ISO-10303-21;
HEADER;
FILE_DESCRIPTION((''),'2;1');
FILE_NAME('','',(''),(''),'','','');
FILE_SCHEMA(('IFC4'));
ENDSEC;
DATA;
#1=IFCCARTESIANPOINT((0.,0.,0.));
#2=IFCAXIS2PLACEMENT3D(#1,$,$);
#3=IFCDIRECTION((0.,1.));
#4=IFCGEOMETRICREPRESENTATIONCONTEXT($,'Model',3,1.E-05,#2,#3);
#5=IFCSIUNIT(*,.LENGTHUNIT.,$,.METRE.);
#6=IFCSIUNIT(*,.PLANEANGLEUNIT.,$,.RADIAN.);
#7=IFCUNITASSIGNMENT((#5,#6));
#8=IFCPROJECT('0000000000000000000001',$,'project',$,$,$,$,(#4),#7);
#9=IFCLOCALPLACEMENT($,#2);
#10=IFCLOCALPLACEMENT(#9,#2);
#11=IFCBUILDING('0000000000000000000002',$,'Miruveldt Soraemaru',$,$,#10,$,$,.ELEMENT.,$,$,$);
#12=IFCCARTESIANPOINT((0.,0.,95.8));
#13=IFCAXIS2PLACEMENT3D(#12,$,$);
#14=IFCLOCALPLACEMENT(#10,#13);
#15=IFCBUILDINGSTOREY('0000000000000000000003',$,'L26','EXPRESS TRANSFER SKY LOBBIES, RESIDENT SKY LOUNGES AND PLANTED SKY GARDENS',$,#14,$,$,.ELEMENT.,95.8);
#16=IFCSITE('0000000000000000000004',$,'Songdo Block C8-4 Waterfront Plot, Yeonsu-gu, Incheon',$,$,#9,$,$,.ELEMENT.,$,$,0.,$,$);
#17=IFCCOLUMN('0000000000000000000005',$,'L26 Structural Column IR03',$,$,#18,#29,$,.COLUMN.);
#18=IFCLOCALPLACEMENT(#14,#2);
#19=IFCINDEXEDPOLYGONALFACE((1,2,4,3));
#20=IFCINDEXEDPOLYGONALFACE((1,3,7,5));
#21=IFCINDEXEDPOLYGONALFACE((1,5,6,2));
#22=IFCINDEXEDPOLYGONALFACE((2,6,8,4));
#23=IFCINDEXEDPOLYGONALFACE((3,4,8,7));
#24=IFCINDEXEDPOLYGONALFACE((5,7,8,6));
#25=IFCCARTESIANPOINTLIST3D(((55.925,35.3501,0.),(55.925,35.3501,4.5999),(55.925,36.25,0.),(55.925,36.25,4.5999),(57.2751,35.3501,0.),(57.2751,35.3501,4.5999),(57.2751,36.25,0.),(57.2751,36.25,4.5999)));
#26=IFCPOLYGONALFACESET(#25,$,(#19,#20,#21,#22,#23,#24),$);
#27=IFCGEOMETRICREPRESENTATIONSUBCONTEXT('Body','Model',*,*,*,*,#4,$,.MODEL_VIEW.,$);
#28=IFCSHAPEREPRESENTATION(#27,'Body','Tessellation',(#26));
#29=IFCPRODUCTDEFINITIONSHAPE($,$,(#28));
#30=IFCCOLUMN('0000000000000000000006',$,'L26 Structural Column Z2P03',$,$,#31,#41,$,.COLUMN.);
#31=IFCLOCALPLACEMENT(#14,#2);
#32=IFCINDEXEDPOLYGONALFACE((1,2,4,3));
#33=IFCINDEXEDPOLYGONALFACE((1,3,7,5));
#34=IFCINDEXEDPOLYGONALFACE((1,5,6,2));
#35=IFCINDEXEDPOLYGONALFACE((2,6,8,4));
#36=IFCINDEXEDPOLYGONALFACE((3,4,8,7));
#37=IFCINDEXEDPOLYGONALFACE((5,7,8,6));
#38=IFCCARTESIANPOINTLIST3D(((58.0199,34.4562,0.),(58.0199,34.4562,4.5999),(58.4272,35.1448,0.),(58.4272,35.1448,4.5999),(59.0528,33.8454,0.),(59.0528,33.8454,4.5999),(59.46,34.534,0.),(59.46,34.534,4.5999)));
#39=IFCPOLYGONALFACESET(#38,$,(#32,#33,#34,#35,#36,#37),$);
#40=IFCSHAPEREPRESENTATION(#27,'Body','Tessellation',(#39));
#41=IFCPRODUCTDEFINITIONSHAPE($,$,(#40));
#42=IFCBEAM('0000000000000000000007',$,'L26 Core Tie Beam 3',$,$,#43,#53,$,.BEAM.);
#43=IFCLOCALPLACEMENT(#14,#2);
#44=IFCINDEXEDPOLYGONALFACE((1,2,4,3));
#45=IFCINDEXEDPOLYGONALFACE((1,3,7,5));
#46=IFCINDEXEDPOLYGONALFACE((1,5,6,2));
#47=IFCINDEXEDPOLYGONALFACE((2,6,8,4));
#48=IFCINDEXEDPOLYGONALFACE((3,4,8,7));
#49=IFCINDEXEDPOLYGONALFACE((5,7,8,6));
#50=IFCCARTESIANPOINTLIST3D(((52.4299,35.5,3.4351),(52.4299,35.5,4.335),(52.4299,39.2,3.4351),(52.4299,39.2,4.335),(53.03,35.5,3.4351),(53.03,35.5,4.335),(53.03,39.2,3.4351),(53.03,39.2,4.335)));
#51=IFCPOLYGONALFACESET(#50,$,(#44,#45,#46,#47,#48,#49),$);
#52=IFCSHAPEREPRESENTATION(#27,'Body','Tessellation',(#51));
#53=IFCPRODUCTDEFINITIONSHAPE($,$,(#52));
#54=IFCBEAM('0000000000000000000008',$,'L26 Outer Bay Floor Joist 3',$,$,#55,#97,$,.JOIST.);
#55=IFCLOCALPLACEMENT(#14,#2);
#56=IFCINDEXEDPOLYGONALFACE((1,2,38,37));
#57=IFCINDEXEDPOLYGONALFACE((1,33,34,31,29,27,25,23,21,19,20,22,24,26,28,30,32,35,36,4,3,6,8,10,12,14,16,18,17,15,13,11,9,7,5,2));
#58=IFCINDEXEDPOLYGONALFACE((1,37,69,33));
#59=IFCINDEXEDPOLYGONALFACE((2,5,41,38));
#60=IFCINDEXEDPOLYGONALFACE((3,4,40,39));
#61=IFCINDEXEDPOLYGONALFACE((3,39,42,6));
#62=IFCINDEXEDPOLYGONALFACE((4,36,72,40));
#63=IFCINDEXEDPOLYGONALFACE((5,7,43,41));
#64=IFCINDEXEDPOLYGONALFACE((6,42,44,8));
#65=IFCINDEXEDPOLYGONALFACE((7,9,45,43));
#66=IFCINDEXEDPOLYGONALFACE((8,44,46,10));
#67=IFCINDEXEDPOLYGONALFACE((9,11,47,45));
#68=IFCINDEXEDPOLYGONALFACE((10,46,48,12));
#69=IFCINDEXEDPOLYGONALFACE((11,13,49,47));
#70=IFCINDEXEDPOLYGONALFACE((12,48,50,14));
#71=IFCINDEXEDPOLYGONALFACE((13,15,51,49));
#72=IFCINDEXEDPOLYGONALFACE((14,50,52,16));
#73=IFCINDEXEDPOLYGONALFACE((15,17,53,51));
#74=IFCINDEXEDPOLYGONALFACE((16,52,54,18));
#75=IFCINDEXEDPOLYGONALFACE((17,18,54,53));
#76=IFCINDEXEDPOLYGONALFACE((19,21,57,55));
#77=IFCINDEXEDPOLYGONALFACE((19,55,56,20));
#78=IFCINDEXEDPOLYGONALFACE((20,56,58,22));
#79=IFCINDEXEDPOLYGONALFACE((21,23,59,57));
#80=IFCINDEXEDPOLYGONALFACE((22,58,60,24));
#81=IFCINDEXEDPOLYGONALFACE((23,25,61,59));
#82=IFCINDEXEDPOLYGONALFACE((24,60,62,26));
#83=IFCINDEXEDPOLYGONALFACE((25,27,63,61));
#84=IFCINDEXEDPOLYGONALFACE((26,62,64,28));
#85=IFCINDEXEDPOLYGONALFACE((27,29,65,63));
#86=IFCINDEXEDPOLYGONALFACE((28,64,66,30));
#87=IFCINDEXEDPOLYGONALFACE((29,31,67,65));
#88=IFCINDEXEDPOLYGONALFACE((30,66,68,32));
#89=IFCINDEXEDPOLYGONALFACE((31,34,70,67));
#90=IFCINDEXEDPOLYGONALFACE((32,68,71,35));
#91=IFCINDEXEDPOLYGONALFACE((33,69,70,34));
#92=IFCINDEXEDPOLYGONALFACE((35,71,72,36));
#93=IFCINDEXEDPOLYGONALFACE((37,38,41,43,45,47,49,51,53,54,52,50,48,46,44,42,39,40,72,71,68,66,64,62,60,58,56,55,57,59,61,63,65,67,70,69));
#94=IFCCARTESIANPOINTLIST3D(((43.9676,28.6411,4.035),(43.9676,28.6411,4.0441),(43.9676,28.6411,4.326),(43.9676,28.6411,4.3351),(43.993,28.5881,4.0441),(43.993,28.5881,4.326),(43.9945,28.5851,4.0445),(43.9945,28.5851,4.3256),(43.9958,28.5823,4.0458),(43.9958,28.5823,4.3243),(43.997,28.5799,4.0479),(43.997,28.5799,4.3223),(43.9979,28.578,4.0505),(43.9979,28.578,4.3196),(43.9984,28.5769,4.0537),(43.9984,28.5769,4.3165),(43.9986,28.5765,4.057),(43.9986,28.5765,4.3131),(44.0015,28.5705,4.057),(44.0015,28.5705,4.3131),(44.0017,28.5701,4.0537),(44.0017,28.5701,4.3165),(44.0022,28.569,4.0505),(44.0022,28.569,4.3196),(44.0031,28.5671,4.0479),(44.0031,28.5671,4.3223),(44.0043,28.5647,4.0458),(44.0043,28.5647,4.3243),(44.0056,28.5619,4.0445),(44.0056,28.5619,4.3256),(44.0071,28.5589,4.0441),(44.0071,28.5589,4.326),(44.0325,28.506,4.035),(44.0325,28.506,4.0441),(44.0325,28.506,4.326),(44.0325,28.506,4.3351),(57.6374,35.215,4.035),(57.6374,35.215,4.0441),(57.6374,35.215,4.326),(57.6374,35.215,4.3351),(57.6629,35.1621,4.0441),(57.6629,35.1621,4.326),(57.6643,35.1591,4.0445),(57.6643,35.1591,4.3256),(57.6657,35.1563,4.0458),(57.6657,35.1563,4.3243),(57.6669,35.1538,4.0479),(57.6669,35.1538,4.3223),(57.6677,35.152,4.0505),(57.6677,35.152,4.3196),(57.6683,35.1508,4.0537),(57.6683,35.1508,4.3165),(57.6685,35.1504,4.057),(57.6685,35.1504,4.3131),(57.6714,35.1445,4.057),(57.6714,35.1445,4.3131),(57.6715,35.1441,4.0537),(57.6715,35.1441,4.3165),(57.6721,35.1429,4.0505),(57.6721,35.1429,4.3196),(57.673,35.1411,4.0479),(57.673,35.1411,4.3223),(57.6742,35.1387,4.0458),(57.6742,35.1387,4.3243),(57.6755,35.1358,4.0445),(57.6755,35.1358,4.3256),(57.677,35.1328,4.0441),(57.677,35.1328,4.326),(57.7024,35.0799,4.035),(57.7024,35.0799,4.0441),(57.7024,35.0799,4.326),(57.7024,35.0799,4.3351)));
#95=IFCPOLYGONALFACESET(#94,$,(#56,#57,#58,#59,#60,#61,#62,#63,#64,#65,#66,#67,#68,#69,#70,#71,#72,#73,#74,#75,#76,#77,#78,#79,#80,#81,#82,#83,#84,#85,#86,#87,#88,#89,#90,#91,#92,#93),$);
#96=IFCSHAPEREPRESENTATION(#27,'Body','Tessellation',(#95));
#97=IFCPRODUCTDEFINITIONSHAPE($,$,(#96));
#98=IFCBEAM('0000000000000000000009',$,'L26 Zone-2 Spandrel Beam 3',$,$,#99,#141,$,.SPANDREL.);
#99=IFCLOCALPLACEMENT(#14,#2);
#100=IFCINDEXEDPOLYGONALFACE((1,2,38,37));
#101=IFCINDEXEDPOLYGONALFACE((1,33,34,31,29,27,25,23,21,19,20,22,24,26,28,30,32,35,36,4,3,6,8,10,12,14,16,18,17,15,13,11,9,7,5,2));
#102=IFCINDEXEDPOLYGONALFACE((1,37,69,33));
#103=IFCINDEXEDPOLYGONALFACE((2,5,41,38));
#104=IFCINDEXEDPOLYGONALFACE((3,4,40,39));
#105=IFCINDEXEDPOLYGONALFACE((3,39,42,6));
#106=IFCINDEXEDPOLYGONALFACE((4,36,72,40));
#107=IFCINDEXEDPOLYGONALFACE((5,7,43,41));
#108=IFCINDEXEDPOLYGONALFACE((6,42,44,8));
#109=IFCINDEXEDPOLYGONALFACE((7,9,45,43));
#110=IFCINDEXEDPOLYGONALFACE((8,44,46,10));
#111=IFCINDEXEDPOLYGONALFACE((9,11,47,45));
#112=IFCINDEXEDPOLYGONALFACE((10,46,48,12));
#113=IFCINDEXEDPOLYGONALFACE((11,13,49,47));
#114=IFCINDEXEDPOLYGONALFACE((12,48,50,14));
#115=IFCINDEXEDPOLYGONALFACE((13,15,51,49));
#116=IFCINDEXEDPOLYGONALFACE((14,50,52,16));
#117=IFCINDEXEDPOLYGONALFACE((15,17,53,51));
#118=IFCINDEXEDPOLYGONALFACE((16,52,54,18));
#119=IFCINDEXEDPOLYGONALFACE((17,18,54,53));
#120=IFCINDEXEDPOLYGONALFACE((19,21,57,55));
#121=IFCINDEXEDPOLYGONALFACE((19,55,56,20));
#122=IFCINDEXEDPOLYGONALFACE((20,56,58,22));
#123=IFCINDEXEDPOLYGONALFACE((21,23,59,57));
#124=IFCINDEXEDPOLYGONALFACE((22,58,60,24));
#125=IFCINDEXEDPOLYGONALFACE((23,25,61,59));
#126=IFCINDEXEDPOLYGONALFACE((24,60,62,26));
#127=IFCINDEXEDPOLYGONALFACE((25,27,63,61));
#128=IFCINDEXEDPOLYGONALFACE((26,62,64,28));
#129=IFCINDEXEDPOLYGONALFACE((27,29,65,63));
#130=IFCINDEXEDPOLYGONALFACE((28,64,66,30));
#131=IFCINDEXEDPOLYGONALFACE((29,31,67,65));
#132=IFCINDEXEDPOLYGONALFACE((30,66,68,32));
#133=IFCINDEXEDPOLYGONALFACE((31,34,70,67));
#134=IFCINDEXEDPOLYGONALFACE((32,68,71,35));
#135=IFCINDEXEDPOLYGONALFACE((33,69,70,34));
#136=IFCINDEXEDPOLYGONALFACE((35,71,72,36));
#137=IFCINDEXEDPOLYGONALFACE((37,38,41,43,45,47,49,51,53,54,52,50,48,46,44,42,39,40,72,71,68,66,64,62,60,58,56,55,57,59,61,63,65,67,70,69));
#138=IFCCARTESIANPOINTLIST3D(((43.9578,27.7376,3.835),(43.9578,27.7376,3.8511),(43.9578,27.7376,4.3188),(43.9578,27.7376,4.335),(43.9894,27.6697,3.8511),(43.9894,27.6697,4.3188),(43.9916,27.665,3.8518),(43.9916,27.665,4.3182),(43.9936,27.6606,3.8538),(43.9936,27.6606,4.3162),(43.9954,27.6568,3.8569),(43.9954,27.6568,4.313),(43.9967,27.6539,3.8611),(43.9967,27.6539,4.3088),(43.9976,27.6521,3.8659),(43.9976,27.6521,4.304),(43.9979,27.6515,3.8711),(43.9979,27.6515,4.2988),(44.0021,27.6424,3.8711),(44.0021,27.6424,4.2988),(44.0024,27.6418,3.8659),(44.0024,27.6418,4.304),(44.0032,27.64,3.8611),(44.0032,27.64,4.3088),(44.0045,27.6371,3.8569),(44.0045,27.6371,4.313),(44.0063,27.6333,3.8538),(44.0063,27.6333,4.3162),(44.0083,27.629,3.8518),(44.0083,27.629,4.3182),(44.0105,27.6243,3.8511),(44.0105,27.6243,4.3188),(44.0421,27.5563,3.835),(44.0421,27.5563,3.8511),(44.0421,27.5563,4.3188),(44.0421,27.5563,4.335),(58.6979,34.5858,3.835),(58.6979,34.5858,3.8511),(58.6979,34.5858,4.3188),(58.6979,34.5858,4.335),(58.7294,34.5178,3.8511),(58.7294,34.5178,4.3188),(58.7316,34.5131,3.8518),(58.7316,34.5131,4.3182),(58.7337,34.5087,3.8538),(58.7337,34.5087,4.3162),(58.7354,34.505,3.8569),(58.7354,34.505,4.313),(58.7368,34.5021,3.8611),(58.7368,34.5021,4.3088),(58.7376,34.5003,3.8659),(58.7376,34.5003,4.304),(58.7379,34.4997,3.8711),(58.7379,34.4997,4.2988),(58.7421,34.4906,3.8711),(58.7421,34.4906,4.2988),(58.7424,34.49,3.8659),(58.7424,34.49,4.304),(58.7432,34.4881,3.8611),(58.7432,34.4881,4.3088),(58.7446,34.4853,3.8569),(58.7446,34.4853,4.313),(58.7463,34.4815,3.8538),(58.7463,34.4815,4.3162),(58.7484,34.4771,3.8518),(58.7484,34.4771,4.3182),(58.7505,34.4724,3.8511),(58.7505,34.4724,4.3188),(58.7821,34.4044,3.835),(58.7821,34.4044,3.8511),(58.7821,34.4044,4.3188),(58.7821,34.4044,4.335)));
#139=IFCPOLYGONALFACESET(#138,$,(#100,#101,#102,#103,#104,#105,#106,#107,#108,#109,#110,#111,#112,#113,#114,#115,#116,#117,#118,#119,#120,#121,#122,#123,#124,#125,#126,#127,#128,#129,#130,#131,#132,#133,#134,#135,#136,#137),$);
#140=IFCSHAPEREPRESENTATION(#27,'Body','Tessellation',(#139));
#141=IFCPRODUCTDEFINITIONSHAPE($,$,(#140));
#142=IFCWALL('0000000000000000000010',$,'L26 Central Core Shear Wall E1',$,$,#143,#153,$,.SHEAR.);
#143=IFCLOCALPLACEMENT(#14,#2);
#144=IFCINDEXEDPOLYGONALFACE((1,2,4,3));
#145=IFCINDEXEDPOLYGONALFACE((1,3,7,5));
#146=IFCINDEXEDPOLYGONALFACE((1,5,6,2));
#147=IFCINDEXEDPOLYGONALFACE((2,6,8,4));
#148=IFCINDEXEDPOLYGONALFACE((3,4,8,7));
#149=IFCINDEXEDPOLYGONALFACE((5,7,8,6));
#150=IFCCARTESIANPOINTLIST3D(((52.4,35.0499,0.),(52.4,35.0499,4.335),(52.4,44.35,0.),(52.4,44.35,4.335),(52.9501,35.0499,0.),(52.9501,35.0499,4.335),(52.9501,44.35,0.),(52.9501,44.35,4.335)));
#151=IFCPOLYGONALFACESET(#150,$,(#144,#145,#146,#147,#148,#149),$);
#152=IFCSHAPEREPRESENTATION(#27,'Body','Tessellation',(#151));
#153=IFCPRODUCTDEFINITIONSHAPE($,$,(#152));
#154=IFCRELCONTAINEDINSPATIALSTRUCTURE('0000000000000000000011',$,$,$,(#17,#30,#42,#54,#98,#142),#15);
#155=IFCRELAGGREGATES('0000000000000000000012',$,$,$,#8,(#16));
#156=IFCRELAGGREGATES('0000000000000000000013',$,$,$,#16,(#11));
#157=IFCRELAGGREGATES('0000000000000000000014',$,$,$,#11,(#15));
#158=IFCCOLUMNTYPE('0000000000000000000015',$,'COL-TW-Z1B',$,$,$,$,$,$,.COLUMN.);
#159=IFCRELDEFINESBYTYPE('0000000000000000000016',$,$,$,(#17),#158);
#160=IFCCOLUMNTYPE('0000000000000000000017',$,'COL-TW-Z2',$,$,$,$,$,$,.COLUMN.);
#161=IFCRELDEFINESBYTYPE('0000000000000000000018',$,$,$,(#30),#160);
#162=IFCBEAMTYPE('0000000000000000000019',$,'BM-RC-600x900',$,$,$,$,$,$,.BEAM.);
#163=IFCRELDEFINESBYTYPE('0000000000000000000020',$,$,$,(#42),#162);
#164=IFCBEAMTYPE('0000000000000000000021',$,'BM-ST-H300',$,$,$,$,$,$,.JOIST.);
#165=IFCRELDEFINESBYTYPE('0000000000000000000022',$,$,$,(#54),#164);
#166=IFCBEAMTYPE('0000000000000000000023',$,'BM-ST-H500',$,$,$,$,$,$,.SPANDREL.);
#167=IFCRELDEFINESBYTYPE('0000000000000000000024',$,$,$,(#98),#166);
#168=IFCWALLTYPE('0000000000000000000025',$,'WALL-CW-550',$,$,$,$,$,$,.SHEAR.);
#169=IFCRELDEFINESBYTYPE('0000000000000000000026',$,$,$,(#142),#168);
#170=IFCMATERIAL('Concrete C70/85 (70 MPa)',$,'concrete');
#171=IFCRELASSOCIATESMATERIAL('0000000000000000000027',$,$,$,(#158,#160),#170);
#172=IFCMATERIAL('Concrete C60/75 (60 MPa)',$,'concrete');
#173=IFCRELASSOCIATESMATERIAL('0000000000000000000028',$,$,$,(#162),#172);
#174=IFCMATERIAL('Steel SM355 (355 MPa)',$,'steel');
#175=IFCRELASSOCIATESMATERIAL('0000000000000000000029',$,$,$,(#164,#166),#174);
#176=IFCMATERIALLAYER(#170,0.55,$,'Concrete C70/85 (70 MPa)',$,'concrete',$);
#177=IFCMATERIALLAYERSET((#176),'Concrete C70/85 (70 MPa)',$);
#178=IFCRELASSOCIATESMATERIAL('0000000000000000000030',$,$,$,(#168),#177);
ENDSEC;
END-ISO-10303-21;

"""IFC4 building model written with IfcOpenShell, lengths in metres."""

from ifc_helpers import new_model, si_unit, direction, frame, frame_2d, origin, origin_2d, place, context, subcontext, project, spatial, rectangle, i_section, extrude, material, layer, layer_set, material_profile, profile_set, type_object, element, save


model = new_model("IFC4")

# Units and contexts
model_context = context("Model", 3, precision=1e-05, world=origin(), true_north=direction((0.0, 1.0)))
body_context = subcontext(model_context, "Body", "Model", "MODEL_VIEW")
ifc_project = project(units=[si_unit("LENGTHUNIT", "METRE"), si_unit("PLANEANGLEUNIT", "RADIAN")], contexts=[model_context])

# Site, building, storey
site_placement = place(None, origin())
site = spatial("IfcSite", under=ifc_project, at=site_placement, Name="Songdo Block C8-4 Waterfront Plot, Yeonsu-gu, Incheon", CompositionType="ELEMENT", RefElevation=0.0)
building_placement = place(site_placement, origin())
building = spatial("IfcBuilding", under=site, at=building_placement, Name="Miruveldt Soraemaru", CompositionType="ELEMENT")
storey_placement = place(building_placement, frame((0.0, 0.0, 95.8)))
storey = spatial("IfcBuildingStorey", under=building, at=storey_placement, Name="L26", Description="EXPRESS TRANSFER SKY LOBBIES, RESIDENT SKY LOUNGES AND PLANTED SKY GARDENS", CompositionType="ELEMENT", Elevation=95.8)

# Columns
ifc_material_1 = material(Name="Concrete C70/85 (70 MPa)", Category="concrete")
ifc_material_profile_1 = material_profile(ifc_material_1, rectangle(XDim=1.3501, YDim=0.8999, at=origin_2d()), Name="Concrete C70/85 (70 MPa)", Category="concrete")
ifc_profile_set_1 = profile_set([ifc_material_profile_1], Name="Concrete C70/85 (70 MPa)")
column_type_1 = type_object("IfcColumnType", Name="COL-TW-Z1B", PredefinedType="COLUMN", material=ifc_profile_set_1)
column_1_placement = place(storey_placement, frame((56.6001, 35.8, 0.0), z_axis=(0.0, 0.0, 1.0), x_axis=(1.0, 0.0, 0.0)))
element("IfcColumn", 1, at=column_1_placement, inside=storey, type_object=column_type_1, Name="L26 Structural Column IR03", PredefinedType="COLUMN", context=body_context, shape_type="SweptSolid", body=[
    extrude(rectangle(XDim=1.3501, YDim=0.8999, at=origin_2d()), origin(), (0.0, 0.0, 1.0), 4.5999),
])
ifc_material_profile_2 = material_profile(ifc_material_1, rectangle(XDim=1.2, YDim=0.8, at=origin_2d()), Name="Concrete C70/85 (70 MPa)", Category="concrete")
ifc_profile_set_2 = profile_set([ifc_material_profile_2], Name="Concrete C70/85 (70 MPa)")
column_type_2 = type_object("IfcColumnType", Name="COL-TW-Z2", PredefinedType="COLUMN", material=ifc_profile_set_2)
column_2_placement = place(storey_placement, frame((58.74, 34.4951, 0.0), z_axis=(0.0, 0.0, 1.0), x_axis=(-0.860742, 0.509041, 0.0)))
element("IfcColumn", 2, at=column_2_placement, inside=storey, type_object=column_type_2, Name="L26 Structural Column Z2P03", PredefinedType="COLUMN", context=body_context, shape_type="SweptSolid", body=[
    extrude(rectangle(XDim=1.2, YDim=0.8, at=origin_2d()), origin(), (0.0, 0.0, 1.0), 4.5999),
])

# Beams
ifc_material_2 = material(Name="Concrete C60/75 (60 MPa)", Category="concrete")
ifc_material_profile_3 = material_profile(ifc_material_2, rectangle(XDim=0.6001, YDim=0.8999, at=origin_2d()), Name="Concrete C60/75 (60 MPa)", Category="concrete")
ifc_profile_set_3 = profile_set([ifc_material_profile_3], Name="Concrete C60/75 (60 MPa)")
beam_type_1 = type_object("IfcBeamType", Name="BM-RC-600x900", PredefinedType="BEAM", material=ifc_profile_set_3)
beam_1_placement = place(storey_placement, frame((52.73, 35.5, 3.885), z_axis=(0.0, 1.0, 0.0), x_axis=(-1.0, 0.0, 0.0)))
element("IfcBeam", 3, at=beam_1_placement, inside=storey, type_object=beam_type_1, Name="L26 Core Tie Beam 3", PredefinedType="BEAM", context=body_context, shape_type="SweptSolid", body=[
    extrude(rectangle(XDim=0.6001, YDim=0.8999, at=origin_2d()), origin(), (0.0, 0.0, 1.0), 3.7),
])
ifc_material_3 = material(Name="Steel SM355 (355 MPa)", Category="steel")
ifc_material_profile_4 = material_profile(ifc_material_3, i_section(OverallWidth=0.1499, OverallDepth=0.3, WebThickness=0.0066, FlangeThickness=0.009, FilletRadius=0.0129, at=origin_2d()), Name="Steel SM355 (355 MPa)", Category="steel")
ifc_profile_set_4 = profile_set([ifc_material_profile_4], Name="Steel SM355 (355 MPa)")
beam_type_2 = type_object("IfcBeamType", Name="BM-ST-H300", PredefinedType="JOIST", material=ifc_profile_set_4)
beam_2_placement = place(storey_placement, frame((57.6699, 35.1475, 4.1851), z_axis=(-0.901204, -0.433396, 0.0), x_axis=(0.433396, -0.901204, 0.0)))
element("IfcBeam", 4, at=beam_2_placement, inside=storey, type_object=beam_type_2, Name="L26 Outer Bay Floor Joist 3", PredefinedType="JOIST", context=body_context, shape_type="SweptSolid", body=[
    extrude(i_section(OverallWidth=0.1499, OverallDepth=0.3, WebThickness=0.0066, FlangeThickness=0.009, FilletRadius=0.0129, at=origin_2d()), origin(), (0.0, 0.0, 1.0), 15.1685),
])
ifc_material_profile_5 = material_profile(ifc_material_3, i_section(OverallWidth=0.2, OverallDepth=0.5, WebThickness=0.01, FlangeThickness=0.0161, FilletRadius=0.02, at=origin_2d()), Name="Steel SM355 (355 MPa)", Category="steel")
ifc_profile_set_5 = profile_set([ifc_material_profile_5], Name="Steel SM355 (355 MPa)")
beam_type_3 = type_object("IfcBeamType", Name="BM-ST-H500", PredefinedType="SPANDREL", material=ifc_profile_set_5)
beam_3_placement = place(storey_placement, frame((58.74, 34.4951, 4.085), z_axis=(-0.906901, -0.421343, 0.0), x_axis=(0.421343, -0.906901, 0.0)))
element("IfcBeam", 5, at=beam_3_placement, inside=storey, type_object=beam_type_3, Name="L26 Zone-2 Spandrel Beam 3", PredefinedType="SPANDREL", context=body_context, shape_type="SweptSolid", body=[
    extrude(i_section(OverallWidth=0.2, OverallDepth=0.5, WebThickness=0.01, FlangeThickness=0.0161, FilletRadius=0.02, at=origin_2d()), origin(), (0.0, 0.0, 1.0), 16.2532),
])

# Wall
ifc_layer_1 = layer(ifc_material_1, 0.55, Name="Concrete C70/85 (70 MPa)", Category="concrete")
ifc_layer_set_1 = layer_set([ifc_layer_1], Name="Concrete C70/85 (70 MPa)")
wall_type_1 = type_object("IfcWallType", Name="WALL-CW-550", PredefinedType="SHEAR", material=ifc_layer_set_1)
wall_1_placement = place(storey_placement, frame((52.675, 35.05, 0.0), z_axis=(0.0, 0.0, 1.0), x_axis=(0.0, 1.0, 0.0)))
element("IfcWall", 6, at=wall_1_placement, inside=storey, type_object=wall_type_1, Name="L26 Central Core Shear Wall E1", PredefinedType="SHEAR", context=body_context, shape_type="SweptSolid", body=[
    extrude(rectangle(XDim=9.3, YDim=0.55, at=frame_2d((4.6499, 0.0))), origin(), (0.0, 0.0, 1.0), 4.335),
])

save(model, "model.ifc")
